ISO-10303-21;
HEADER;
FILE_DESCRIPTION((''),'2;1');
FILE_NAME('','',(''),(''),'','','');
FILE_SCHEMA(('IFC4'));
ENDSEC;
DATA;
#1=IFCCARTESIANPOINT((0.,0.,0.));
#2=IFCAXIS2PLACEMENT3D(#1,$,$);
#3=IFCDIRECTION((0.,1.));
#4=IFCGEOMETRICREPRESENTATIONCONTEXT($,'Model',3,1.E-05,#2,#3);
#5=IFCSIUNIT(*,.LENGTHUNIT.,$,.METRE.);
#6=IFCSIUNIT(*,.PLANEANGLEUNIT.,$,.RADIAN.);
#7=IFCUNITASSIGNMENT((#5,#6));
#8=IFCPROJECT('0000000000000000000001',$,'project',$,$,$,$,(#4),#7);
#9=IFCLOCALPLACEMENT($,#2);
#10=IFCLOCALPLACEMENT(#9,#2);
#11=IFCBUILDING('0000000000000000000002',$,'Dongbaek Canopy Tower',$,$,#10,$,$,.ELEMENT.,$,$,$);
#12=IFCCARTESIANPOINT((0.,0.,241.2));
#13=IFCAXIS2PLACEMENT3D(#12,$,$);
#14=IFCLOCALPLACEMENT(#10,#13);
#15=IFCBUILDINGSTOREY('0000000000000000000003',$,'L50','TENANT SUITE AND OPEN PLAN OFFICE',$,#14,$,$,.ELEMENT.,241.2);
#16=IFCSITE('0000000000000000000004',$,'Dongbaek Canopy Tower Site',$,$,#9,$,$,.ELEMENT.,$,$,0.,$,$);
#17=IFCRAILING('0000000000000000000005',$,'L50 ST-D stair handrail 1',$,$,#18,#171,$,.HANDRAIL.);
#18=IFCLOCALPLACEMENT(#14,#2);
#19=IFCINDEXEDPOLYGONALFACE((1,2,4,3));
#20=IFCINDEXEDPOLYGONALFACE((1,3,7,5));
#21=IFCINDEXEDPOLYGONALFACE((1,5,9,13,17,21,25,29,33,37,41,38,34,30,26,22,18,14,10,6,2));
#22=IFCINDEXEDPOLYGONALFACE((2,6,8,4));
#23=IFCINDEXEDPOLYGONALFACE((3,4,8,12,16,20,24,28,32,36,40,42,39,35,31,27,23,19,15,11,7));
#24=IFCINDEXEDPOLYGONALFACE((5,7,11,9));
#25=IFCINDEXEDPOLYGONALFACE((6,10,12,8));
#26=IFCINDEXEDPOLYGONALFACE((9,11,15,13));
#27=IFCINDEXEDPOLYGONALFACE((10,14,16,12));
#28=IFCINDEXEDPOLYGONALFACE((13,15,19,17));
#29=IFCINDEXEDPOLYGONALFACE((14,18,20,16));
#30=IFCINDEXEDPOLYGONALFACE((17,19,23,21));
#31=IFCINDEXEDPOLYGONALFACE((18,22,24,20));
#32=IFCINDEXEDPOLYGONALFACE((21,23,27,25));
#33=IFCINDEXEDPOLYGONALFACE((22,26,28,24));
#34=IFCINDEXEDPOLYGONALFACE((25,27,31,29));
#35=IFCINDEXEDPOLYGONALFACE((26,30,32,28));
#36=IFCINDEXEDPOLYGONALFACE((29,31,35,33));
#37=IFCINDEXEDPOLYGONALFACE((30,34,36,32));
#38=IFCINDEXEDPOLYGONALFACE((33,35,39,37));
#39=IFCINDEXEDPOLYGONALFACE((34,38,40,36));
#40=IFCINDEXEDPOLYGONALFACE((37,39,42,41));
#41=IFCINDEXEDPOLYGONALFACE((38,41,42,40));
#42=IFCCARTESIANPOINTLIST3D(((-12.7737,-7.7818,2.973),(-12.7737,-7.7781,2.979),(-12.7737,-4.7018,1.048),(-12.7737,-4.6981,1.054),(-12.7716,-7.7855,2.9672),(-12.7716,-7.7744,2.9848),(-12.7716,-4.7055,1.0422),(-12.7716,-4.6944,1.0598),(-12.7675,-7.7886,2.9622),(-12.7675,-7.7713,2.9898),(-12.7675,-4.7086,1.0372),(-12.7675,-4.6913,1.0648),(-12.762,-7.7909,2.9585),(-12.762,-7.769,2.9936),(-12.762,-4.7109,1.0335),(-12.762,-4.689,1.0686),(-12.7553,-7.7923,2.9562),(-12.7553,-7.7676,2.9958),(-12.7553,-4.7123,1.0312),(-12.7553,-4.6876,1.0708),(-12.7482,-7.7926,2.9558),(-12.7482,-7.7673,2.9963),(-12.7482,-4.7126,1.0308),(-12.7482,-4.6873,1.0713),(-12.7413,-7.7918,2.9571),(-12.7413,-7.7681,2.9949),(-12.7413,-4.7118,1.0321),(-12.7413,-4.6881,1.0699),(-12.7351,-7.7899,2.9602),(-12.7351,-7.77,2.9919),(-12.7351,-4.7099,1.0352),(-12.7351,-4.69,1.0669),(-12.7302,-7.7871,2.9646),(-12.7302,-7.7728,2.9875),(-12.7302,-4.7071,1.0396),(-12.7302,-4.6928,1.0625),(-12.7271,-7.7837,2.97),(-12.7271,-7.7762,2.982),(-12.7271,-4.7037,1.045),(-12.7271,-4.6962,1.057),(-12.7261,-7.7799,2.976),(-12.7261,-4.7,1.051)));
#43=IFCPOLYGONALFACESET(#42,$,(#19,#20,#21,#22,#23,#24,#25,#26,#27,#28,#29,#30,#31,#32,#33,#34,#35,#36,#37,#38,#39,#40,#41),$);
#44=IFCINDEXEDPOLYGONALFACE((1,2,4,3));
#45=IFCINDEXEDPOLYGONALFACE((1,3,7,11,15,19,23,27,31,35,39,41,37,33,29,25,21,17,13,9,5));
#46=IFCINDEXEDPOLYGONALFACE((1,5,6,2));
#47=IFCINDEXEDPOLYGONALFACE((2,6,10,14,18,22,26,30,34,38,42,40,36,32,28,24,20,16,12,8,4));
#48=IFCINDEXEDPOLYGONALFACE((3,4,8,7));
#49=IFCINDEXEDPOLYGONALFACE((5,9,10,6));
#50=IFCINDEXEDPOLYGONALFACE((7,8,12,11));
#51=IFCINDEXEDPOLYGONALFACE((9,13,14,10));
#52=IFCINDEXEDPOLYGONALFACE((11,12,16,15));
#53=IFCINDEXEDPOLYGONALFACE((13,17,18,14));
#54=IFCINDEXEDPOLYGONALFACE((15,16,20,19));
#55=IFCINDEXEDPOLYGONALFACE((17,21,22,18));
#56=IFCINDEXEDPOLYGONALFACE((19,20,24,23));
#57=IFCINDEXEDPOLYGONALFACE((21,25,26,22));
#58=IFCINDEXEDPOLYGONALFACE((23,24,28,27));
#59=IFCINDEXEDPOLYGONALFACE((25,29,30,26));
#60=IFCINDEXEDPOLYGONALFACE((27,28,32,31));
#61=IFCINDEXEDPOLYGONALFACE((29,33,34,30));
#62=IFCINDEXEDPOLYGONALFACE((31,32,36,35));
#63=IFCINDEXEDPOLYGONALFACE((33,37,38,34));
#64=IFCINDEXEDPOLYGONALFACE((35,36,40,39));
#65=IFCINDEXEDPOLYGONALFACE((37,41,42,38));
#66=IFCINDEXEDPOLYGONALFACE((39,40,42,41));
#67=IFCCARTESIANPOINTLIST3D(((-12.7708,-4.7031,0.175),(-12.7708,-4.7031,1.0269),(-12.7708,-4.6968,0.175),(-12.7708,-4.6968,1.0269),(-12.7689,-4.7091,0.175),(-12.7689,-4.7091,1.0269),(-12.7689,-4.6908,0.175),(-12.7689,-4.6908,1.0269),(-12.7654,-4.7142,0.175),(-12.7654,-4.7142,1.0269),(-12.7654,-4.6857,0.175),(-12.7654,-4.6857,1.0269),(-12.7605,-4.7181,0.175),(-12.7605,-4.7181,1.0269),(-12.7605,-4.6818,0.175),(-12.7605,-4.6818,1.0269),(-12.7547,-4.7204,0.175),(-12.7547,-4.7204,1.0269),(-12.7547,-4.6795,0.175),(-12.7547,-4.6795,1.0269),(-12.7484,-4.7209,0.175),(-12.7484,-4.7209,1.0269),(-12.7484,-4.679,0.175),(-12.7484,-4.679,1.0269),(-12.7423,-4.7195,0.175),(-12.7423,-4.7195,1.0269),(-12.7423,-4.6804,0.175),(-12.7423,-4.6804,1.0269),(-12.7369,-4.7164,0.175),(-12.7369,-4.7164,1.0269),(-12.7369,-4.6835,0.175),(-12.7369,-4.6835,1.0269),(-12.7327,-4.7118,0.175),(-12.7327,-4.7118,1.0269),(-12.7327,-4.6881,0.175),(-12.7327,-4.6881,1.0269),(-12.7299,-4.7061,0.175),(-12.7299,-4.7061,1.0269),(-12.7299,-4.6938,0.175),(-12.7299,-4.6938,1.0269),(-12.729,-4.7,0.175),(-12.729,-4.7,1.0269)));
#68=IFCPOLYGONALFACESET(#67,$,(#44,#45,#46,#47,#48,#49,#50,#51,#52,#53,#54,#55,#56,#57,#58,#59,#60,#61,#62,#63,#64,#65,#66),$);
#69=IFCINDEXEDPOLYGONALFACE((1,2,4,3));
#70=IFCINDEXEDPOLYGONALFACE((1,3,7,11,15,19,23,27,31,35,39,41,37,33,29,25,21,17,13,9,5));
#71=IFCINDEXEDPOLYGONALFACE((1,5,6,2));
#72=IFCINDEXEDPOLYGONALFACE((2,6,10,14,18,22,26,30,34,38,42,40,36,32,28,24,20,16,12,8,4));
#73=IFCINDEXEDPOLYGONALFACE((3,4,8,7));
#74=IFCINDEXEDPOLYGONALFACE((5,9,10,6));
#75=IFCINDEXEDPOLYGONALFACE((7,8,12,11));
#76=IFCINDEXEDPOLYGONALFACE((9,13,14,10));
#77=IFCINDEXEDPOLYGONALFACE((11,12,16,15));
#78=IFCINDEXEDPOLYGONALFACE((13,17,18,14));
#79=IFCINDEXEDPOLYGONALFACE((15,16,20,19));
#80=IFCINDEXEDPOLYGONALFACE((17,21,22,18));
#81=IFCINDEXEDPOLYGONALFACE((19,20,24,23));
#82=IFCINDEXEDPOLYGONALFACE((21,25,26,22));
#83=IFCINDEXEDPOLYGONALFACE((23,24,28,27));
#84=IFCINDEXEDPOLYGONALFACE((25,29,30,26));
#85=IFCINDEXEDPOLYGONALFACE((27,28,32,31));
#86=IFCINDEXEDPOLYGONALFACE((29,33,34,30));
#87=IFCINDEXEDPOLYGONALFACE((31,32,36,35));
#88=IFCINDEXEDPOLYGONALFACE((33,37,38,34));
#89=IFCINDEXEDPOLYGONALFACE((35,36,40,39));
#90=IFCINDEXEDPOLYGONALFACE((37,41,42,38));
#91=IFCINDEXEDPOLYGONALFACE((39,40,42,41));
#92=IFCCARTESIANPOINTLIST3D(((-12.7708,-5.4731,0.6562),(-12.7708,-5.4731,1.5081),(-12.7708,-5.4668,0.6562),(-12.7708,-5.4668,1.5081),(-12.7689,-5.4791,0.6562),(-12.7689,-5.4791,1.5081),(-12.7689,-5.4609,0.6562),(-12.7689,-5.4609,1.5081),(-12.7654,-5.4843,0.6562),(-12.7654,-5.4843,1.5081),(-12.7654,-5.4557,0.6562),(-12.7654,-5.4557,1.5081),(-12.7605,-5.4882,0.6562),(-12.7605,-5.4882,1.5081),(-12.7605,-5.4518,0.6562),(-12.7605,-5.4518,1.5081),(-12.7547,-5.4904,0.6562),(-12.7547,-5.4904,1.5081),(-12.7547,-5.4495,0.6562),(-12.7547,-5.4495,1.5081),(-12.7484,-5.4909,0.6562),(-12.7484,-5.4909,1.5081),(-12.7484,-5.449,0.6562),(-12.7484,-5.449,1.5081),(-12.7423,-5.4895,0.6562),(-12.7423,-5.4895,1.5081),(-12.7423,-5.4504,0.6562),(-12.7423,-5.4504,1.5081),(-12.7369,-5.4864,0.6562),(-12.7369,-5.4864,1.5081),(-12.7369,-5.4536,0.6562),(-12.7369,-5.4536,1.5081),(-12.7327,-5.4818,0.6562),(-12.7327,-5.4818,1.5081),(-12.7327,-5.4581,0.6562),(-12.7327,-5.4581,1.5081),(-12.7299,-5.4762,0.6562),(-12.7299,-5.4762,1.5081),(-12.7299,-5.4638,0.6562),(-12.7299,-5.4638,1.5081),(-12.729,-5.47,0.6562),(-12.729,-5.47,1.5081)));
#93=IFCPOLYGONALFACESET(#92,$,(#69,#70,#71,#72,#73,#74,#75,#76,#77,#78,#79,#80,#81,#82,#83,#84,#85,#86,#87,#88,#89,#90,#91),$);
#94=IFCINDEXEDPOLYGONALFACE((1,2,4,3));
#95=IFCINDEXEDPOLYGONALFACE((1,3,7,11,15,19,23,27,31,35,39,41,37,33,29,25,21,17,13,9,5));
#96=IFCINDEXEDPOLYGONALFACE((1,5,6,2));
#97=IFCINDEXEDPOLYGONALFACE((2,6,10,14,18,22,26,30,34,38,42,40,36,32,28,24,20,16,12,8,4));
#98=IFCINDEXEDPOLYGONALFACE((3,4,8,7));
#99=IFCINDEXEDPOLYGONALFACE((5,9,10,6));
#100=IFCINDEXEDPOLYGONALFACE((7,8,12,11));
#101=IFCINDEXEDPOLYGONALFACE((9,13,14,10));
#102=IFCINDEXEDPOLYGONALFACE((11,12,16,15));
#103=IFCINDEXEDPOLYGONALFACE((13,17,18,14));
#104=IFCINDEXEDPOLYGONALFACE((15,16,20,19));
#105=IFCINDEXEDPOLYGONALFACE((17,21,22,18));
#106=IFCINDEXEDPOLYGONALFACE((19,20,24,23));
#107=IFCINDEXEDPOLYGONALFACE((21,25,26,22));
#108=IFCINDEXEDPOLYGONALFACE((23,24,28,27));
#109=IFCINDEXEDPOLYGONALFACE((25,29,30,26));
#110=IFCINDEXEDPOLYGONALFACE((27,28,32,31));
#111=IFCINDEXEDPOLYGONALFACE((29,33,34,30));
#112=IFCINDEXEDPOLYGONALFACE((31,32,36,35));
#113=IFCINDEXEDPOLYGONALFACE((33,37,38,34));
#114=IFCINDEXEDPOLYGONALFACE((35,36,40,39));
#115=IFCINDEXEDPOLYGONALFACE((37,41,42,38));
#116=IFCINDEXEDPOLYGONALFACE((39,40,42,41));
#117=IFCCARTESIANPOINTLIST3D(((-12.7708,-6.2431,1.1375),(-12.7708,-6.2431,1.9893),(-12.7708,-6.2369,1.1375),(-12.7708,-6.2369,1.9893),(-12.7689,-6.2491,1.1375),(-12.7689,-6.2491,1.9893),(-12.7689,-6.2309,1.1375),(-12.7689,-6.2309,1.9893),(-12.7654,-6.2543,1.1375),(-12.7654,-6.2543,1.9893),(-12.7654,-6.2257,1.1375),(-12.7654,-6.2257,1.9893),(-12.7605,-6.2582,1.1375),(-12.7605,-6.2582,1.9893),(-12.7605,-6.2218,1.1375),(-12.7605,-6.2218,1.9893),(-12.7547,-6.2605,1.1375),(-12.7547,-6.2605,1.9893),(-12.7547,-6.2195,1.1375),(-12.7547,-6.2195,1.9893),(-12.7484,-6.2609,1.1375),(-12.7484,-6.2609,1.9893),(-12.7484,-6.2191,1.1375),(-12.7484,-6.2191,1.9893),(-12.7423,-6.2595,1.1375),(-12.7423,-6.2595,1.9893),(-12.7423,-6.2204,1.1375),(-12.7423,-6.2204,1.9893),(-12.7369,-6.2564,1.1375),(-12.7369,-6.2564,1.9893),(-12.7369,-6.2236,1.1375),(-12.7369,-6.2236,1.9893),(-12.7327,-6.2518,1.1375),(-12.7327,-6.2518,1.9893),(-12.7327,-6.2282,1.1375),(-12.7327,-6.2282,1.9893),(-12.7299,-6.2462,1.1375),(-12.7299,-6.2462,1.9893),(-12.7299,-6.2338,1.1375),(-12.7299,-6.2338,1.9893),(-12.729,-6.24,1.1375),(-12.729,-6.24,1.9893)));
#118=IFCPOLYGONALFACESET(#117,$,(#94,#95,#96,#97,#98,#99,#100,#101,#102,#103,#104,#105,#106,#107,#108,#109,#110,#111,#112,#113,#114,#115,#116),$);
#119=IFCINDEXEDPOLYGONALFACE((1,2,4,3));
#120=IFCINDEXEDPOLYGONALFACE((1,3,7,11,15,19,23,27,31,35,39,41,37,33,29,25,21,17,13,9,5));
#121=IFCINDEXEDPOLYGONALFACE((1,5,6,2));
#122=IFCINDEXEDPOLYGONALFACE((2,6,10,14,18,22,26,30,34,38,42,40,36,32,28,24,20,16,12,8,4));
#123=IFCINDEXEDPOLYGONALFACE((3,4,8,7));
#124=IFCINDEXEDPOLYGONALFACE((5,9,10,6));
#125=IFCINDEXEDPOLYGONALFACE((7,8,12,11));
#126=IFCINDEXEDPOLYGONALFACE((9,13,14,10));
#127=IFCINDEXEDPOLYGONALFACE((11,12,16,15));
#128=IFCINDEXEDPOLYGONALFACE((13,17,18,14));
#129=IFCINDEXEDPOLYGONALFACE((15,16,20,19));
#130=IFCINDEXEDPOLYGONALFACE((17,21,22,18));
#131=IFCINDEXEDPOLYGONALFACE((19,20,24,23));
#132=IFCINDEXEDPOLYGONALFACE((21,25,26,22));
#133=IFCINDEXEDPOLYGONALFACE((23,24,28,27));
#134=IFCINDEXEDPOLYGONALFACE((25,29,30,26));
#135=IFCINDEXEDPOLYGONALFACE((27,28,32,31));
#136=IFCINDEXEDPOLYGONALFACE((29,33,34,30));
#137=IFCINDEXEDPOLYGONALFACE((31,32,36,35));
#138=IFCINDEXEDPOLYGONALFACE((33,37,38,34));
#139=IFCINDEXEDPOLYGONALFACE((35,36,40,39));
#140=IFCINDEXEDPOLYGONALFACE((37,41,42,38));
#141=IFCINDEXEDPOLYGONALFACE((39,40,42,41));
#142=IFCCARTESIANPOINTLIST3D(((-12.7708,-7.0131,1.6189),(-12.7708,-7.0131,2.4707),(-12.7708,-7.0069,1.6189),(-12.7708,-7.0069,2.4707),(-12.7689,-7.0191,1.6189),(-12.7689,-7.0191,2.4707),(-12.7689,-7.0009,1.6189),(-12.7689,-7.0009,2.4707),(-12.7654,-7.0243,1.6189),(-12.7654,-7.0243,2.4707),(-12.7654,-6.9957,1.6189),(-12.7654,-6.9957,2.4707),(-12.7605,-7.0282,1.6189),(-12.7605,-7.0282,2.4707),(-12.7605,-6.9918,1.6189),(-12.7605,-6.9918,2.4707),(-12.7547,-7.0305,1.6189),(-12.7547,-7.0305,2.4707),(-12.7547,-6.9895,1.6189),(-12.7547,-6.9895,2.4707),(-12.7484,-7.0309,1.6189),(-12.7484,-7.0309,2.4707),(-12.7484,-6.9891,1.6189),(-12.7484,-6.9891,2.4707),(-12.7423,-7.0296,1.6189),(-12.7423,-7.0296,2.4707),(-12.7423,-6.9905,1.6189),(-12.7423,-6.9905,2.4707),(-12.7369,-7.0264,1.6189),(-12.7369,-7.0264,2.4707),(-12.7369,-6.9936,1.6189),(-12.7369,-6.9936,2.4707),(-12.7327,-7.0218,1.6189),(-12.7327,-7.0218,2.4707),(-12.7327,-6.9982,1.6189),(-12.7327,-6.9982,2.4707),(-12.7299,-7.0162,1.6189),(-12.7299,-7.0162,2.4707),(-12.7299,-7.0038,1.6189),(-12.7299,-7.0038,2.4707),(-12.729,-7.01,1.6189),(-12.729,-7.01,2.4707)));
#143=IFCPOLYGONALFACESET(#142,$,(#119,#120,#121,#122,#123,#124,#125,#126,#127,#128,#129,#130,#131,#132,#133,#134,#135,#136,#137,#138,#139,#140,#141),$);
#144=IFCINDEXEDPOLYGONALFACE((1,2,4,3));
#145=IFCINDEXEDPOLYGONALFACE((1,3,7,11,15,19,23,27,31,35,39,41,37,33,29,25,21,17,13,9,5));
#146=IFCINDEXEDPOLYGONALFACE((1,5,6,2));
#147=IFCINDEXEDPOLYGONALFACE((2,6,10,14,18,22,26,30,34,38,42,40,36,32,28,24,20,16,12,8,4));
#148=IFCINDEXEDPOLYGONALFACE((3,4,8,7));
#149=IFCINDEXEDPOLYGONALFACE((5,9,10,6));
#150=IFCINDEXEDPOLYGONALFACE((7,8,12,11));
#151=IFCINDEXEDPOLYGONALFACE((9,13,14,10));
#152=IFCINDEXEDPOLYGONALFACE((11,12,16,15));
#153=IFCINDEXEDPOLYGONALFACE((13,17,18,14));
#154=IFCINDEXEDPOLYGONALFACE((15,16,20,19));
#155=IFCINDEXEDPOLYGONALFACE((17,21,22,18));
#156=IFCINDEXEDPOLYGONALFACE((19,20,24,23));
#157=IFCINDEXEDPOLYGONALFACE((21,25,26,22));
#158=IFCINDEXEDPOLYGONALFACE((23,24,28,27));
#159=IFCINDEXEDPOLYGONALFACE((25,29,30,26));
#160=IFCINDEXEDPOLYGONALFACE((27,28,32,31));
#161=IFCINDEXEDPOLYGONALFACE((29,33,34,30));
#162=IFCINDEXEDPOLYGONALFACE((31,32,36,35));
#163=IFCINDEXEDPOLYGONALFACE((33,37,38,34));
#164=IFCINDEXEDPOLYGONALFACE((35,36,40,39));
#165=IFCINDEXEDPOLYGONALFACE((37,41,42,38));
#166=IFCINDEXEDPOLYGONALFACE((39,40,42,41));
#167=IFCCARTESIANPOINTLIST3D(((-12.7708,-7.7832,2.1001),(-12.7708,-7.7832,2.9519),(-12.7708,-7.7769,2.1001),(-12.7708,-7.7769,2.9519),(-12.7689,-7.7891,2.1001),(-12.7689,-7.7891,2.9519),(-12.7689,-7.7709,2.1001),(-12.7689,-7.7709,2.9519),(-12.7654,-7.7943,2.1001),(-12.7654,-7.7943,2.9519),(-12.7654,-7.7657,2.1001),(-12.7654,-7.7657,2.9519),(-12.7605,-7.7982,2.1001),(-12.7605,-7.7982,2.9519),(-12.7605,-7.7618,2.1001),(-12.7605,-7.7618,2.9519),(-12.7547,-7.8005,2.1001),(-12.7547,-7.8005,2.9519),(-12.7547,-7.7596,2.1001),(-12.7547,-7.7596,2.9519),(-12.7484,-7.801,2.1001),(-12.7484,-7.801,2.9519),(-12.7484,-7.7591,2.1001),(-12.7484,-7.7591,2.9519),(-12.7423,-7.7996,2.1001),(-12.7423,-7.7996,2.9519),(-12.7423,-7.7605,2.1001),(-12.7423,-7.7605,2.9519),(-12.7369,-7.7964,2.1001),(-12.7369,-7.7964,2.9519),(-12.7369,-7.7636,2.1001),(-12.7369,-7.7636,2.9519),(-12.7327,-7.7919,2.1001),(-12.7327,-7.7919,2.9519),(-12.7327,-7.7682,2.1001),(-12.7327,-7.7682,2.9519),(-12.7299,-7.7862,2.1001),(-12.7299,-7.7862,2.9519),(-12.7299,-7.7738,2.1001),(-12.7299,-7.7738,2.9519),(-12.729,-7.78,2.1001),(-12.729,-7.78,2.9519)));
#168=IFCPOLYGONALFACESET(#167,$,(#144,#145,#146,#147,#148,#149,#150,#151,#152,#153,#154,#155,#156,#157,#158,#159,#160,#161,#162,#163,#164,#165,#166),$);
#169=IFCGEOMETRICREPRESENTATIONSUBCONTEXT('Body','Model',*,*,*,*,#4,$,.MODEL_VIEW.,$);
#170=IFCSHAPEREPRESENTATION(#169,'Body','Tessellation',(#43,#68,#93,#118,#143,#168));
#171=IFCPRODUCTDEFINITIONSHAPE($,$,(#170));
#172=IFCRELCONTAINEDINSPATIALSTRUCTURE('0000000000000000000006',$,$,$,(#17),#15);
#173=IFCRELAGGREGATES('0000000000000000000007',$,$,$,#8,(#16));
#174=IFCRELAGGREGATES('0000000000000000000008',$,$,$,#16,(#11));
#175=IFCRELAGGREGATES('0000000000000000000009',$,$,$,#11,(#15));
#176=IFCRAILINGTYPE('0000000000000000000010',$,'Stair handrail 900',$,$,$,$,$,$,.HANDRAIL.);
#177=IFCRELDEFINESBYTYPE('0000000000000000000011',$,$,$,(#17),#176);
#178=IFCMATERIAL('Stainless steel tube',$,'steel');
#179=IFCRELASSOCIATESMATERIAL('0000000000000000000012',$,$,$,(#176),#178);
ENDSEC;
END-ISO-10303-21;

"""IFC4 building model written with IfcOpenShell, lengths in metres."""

from ifc_helpers import new_model, si_unit, direction, frame, origin, origin_2d, place, context, subcontext, project, spatial, circle, extrude, material, type_object, element, save


model = new_model("IFC4")

# Units and contexts
model_context = context("Model", 3, precision=1e-05, world=origin(), true_north=direction((0.0, 1.0)))
body_context = subcontext(model_context, "Body", "Model", "MODEL_VIEW")
ifc_project = project(units=[si_unit("LENGTHUNIT", "METRE"), si_unit("PLANEANGLEUNIT", "RADIAN")], contexts=[model_context])

# Site, building, storey
site_placement = place(None, origin())
site = spatial("IfcSite", under=ifc_project, at=site_placement, Name="Dongbaek Canopy Tower Site", CompositionType="ELEMENT", RefElevation=0.0)
building_placement = place(site_placement, origin())
building = spatial("IfcBuilding", under=site, at=building_placement, Name="Dongbaek Canopy Tower", CompositionType="ELEMENT")
storey_placement = place(building_placement, frame((0.0, 0.0, 241.2)))
storey = spatial("IfcBuildingStorey", under=building, at=storey_placement, Name="L50", Description="TENANT SUITE AND OPEN PLAN OFFICE", CompositionType="ELEMENT", Elevation=241.2)

# Railing
ifc_material_1 = material(Name="Stainless steel tube", Category="steel")
railing_type_1 = type_object("IfcRailingType", Name="Stair handrail 900", PredefinedType="HANDRAIL", material=ifc_material_1)
railing_1_placement = place(storey_placement, frame((-12.75, -4.7, 0.175)))
element("IfcRailing", 1, at=railing_1_placement, inside=storey, type_object=railing_type_1, Name="L50 ST-D stair handrail 1", PredefinedType="HANDRAIL", context=body_context, shape_type="SweptSolid", body=[
    extrude(circle(Radius=0.0239, at=origin_2d()), frame((0.0, 0.0, 0.876), z_axis=(0.0, -0.847998, 0.529999), x_axis=(1.0, 0.0, 0.0)), (0.0, 0.0, 1.0), 3.6321),
    extrude(circle(Radius=0.021, at=origin_2d()), origin(), (0.0, 0.0, 1.0), 0.8518),
    extrude(circle(Radius=0.021, at=origin_2d()), frame((0.0, -0.77, 0.4812)), (0.0, 0.0, 1.0), 0.8518),
    extrude(circle(Radius=0.021, at=origin_2d()), frame((0.0, -1.54, 0.9624)), (0.0, 0.0, 1.0), 0.8518),
    extrude(circle(Radius=0.021, at=origin_2d()), frame((0.0, -2.3101, 1.4438)), (0.0, 0.0, 1.0), 0.8518),
    extrude(circle(Radius=0.021, at=origin_2d()), frame((0.0, -3.0801, 1.925)), (0.0, 0.0, 1.0), 0.8518),
])

save(model, "model.ifc")
